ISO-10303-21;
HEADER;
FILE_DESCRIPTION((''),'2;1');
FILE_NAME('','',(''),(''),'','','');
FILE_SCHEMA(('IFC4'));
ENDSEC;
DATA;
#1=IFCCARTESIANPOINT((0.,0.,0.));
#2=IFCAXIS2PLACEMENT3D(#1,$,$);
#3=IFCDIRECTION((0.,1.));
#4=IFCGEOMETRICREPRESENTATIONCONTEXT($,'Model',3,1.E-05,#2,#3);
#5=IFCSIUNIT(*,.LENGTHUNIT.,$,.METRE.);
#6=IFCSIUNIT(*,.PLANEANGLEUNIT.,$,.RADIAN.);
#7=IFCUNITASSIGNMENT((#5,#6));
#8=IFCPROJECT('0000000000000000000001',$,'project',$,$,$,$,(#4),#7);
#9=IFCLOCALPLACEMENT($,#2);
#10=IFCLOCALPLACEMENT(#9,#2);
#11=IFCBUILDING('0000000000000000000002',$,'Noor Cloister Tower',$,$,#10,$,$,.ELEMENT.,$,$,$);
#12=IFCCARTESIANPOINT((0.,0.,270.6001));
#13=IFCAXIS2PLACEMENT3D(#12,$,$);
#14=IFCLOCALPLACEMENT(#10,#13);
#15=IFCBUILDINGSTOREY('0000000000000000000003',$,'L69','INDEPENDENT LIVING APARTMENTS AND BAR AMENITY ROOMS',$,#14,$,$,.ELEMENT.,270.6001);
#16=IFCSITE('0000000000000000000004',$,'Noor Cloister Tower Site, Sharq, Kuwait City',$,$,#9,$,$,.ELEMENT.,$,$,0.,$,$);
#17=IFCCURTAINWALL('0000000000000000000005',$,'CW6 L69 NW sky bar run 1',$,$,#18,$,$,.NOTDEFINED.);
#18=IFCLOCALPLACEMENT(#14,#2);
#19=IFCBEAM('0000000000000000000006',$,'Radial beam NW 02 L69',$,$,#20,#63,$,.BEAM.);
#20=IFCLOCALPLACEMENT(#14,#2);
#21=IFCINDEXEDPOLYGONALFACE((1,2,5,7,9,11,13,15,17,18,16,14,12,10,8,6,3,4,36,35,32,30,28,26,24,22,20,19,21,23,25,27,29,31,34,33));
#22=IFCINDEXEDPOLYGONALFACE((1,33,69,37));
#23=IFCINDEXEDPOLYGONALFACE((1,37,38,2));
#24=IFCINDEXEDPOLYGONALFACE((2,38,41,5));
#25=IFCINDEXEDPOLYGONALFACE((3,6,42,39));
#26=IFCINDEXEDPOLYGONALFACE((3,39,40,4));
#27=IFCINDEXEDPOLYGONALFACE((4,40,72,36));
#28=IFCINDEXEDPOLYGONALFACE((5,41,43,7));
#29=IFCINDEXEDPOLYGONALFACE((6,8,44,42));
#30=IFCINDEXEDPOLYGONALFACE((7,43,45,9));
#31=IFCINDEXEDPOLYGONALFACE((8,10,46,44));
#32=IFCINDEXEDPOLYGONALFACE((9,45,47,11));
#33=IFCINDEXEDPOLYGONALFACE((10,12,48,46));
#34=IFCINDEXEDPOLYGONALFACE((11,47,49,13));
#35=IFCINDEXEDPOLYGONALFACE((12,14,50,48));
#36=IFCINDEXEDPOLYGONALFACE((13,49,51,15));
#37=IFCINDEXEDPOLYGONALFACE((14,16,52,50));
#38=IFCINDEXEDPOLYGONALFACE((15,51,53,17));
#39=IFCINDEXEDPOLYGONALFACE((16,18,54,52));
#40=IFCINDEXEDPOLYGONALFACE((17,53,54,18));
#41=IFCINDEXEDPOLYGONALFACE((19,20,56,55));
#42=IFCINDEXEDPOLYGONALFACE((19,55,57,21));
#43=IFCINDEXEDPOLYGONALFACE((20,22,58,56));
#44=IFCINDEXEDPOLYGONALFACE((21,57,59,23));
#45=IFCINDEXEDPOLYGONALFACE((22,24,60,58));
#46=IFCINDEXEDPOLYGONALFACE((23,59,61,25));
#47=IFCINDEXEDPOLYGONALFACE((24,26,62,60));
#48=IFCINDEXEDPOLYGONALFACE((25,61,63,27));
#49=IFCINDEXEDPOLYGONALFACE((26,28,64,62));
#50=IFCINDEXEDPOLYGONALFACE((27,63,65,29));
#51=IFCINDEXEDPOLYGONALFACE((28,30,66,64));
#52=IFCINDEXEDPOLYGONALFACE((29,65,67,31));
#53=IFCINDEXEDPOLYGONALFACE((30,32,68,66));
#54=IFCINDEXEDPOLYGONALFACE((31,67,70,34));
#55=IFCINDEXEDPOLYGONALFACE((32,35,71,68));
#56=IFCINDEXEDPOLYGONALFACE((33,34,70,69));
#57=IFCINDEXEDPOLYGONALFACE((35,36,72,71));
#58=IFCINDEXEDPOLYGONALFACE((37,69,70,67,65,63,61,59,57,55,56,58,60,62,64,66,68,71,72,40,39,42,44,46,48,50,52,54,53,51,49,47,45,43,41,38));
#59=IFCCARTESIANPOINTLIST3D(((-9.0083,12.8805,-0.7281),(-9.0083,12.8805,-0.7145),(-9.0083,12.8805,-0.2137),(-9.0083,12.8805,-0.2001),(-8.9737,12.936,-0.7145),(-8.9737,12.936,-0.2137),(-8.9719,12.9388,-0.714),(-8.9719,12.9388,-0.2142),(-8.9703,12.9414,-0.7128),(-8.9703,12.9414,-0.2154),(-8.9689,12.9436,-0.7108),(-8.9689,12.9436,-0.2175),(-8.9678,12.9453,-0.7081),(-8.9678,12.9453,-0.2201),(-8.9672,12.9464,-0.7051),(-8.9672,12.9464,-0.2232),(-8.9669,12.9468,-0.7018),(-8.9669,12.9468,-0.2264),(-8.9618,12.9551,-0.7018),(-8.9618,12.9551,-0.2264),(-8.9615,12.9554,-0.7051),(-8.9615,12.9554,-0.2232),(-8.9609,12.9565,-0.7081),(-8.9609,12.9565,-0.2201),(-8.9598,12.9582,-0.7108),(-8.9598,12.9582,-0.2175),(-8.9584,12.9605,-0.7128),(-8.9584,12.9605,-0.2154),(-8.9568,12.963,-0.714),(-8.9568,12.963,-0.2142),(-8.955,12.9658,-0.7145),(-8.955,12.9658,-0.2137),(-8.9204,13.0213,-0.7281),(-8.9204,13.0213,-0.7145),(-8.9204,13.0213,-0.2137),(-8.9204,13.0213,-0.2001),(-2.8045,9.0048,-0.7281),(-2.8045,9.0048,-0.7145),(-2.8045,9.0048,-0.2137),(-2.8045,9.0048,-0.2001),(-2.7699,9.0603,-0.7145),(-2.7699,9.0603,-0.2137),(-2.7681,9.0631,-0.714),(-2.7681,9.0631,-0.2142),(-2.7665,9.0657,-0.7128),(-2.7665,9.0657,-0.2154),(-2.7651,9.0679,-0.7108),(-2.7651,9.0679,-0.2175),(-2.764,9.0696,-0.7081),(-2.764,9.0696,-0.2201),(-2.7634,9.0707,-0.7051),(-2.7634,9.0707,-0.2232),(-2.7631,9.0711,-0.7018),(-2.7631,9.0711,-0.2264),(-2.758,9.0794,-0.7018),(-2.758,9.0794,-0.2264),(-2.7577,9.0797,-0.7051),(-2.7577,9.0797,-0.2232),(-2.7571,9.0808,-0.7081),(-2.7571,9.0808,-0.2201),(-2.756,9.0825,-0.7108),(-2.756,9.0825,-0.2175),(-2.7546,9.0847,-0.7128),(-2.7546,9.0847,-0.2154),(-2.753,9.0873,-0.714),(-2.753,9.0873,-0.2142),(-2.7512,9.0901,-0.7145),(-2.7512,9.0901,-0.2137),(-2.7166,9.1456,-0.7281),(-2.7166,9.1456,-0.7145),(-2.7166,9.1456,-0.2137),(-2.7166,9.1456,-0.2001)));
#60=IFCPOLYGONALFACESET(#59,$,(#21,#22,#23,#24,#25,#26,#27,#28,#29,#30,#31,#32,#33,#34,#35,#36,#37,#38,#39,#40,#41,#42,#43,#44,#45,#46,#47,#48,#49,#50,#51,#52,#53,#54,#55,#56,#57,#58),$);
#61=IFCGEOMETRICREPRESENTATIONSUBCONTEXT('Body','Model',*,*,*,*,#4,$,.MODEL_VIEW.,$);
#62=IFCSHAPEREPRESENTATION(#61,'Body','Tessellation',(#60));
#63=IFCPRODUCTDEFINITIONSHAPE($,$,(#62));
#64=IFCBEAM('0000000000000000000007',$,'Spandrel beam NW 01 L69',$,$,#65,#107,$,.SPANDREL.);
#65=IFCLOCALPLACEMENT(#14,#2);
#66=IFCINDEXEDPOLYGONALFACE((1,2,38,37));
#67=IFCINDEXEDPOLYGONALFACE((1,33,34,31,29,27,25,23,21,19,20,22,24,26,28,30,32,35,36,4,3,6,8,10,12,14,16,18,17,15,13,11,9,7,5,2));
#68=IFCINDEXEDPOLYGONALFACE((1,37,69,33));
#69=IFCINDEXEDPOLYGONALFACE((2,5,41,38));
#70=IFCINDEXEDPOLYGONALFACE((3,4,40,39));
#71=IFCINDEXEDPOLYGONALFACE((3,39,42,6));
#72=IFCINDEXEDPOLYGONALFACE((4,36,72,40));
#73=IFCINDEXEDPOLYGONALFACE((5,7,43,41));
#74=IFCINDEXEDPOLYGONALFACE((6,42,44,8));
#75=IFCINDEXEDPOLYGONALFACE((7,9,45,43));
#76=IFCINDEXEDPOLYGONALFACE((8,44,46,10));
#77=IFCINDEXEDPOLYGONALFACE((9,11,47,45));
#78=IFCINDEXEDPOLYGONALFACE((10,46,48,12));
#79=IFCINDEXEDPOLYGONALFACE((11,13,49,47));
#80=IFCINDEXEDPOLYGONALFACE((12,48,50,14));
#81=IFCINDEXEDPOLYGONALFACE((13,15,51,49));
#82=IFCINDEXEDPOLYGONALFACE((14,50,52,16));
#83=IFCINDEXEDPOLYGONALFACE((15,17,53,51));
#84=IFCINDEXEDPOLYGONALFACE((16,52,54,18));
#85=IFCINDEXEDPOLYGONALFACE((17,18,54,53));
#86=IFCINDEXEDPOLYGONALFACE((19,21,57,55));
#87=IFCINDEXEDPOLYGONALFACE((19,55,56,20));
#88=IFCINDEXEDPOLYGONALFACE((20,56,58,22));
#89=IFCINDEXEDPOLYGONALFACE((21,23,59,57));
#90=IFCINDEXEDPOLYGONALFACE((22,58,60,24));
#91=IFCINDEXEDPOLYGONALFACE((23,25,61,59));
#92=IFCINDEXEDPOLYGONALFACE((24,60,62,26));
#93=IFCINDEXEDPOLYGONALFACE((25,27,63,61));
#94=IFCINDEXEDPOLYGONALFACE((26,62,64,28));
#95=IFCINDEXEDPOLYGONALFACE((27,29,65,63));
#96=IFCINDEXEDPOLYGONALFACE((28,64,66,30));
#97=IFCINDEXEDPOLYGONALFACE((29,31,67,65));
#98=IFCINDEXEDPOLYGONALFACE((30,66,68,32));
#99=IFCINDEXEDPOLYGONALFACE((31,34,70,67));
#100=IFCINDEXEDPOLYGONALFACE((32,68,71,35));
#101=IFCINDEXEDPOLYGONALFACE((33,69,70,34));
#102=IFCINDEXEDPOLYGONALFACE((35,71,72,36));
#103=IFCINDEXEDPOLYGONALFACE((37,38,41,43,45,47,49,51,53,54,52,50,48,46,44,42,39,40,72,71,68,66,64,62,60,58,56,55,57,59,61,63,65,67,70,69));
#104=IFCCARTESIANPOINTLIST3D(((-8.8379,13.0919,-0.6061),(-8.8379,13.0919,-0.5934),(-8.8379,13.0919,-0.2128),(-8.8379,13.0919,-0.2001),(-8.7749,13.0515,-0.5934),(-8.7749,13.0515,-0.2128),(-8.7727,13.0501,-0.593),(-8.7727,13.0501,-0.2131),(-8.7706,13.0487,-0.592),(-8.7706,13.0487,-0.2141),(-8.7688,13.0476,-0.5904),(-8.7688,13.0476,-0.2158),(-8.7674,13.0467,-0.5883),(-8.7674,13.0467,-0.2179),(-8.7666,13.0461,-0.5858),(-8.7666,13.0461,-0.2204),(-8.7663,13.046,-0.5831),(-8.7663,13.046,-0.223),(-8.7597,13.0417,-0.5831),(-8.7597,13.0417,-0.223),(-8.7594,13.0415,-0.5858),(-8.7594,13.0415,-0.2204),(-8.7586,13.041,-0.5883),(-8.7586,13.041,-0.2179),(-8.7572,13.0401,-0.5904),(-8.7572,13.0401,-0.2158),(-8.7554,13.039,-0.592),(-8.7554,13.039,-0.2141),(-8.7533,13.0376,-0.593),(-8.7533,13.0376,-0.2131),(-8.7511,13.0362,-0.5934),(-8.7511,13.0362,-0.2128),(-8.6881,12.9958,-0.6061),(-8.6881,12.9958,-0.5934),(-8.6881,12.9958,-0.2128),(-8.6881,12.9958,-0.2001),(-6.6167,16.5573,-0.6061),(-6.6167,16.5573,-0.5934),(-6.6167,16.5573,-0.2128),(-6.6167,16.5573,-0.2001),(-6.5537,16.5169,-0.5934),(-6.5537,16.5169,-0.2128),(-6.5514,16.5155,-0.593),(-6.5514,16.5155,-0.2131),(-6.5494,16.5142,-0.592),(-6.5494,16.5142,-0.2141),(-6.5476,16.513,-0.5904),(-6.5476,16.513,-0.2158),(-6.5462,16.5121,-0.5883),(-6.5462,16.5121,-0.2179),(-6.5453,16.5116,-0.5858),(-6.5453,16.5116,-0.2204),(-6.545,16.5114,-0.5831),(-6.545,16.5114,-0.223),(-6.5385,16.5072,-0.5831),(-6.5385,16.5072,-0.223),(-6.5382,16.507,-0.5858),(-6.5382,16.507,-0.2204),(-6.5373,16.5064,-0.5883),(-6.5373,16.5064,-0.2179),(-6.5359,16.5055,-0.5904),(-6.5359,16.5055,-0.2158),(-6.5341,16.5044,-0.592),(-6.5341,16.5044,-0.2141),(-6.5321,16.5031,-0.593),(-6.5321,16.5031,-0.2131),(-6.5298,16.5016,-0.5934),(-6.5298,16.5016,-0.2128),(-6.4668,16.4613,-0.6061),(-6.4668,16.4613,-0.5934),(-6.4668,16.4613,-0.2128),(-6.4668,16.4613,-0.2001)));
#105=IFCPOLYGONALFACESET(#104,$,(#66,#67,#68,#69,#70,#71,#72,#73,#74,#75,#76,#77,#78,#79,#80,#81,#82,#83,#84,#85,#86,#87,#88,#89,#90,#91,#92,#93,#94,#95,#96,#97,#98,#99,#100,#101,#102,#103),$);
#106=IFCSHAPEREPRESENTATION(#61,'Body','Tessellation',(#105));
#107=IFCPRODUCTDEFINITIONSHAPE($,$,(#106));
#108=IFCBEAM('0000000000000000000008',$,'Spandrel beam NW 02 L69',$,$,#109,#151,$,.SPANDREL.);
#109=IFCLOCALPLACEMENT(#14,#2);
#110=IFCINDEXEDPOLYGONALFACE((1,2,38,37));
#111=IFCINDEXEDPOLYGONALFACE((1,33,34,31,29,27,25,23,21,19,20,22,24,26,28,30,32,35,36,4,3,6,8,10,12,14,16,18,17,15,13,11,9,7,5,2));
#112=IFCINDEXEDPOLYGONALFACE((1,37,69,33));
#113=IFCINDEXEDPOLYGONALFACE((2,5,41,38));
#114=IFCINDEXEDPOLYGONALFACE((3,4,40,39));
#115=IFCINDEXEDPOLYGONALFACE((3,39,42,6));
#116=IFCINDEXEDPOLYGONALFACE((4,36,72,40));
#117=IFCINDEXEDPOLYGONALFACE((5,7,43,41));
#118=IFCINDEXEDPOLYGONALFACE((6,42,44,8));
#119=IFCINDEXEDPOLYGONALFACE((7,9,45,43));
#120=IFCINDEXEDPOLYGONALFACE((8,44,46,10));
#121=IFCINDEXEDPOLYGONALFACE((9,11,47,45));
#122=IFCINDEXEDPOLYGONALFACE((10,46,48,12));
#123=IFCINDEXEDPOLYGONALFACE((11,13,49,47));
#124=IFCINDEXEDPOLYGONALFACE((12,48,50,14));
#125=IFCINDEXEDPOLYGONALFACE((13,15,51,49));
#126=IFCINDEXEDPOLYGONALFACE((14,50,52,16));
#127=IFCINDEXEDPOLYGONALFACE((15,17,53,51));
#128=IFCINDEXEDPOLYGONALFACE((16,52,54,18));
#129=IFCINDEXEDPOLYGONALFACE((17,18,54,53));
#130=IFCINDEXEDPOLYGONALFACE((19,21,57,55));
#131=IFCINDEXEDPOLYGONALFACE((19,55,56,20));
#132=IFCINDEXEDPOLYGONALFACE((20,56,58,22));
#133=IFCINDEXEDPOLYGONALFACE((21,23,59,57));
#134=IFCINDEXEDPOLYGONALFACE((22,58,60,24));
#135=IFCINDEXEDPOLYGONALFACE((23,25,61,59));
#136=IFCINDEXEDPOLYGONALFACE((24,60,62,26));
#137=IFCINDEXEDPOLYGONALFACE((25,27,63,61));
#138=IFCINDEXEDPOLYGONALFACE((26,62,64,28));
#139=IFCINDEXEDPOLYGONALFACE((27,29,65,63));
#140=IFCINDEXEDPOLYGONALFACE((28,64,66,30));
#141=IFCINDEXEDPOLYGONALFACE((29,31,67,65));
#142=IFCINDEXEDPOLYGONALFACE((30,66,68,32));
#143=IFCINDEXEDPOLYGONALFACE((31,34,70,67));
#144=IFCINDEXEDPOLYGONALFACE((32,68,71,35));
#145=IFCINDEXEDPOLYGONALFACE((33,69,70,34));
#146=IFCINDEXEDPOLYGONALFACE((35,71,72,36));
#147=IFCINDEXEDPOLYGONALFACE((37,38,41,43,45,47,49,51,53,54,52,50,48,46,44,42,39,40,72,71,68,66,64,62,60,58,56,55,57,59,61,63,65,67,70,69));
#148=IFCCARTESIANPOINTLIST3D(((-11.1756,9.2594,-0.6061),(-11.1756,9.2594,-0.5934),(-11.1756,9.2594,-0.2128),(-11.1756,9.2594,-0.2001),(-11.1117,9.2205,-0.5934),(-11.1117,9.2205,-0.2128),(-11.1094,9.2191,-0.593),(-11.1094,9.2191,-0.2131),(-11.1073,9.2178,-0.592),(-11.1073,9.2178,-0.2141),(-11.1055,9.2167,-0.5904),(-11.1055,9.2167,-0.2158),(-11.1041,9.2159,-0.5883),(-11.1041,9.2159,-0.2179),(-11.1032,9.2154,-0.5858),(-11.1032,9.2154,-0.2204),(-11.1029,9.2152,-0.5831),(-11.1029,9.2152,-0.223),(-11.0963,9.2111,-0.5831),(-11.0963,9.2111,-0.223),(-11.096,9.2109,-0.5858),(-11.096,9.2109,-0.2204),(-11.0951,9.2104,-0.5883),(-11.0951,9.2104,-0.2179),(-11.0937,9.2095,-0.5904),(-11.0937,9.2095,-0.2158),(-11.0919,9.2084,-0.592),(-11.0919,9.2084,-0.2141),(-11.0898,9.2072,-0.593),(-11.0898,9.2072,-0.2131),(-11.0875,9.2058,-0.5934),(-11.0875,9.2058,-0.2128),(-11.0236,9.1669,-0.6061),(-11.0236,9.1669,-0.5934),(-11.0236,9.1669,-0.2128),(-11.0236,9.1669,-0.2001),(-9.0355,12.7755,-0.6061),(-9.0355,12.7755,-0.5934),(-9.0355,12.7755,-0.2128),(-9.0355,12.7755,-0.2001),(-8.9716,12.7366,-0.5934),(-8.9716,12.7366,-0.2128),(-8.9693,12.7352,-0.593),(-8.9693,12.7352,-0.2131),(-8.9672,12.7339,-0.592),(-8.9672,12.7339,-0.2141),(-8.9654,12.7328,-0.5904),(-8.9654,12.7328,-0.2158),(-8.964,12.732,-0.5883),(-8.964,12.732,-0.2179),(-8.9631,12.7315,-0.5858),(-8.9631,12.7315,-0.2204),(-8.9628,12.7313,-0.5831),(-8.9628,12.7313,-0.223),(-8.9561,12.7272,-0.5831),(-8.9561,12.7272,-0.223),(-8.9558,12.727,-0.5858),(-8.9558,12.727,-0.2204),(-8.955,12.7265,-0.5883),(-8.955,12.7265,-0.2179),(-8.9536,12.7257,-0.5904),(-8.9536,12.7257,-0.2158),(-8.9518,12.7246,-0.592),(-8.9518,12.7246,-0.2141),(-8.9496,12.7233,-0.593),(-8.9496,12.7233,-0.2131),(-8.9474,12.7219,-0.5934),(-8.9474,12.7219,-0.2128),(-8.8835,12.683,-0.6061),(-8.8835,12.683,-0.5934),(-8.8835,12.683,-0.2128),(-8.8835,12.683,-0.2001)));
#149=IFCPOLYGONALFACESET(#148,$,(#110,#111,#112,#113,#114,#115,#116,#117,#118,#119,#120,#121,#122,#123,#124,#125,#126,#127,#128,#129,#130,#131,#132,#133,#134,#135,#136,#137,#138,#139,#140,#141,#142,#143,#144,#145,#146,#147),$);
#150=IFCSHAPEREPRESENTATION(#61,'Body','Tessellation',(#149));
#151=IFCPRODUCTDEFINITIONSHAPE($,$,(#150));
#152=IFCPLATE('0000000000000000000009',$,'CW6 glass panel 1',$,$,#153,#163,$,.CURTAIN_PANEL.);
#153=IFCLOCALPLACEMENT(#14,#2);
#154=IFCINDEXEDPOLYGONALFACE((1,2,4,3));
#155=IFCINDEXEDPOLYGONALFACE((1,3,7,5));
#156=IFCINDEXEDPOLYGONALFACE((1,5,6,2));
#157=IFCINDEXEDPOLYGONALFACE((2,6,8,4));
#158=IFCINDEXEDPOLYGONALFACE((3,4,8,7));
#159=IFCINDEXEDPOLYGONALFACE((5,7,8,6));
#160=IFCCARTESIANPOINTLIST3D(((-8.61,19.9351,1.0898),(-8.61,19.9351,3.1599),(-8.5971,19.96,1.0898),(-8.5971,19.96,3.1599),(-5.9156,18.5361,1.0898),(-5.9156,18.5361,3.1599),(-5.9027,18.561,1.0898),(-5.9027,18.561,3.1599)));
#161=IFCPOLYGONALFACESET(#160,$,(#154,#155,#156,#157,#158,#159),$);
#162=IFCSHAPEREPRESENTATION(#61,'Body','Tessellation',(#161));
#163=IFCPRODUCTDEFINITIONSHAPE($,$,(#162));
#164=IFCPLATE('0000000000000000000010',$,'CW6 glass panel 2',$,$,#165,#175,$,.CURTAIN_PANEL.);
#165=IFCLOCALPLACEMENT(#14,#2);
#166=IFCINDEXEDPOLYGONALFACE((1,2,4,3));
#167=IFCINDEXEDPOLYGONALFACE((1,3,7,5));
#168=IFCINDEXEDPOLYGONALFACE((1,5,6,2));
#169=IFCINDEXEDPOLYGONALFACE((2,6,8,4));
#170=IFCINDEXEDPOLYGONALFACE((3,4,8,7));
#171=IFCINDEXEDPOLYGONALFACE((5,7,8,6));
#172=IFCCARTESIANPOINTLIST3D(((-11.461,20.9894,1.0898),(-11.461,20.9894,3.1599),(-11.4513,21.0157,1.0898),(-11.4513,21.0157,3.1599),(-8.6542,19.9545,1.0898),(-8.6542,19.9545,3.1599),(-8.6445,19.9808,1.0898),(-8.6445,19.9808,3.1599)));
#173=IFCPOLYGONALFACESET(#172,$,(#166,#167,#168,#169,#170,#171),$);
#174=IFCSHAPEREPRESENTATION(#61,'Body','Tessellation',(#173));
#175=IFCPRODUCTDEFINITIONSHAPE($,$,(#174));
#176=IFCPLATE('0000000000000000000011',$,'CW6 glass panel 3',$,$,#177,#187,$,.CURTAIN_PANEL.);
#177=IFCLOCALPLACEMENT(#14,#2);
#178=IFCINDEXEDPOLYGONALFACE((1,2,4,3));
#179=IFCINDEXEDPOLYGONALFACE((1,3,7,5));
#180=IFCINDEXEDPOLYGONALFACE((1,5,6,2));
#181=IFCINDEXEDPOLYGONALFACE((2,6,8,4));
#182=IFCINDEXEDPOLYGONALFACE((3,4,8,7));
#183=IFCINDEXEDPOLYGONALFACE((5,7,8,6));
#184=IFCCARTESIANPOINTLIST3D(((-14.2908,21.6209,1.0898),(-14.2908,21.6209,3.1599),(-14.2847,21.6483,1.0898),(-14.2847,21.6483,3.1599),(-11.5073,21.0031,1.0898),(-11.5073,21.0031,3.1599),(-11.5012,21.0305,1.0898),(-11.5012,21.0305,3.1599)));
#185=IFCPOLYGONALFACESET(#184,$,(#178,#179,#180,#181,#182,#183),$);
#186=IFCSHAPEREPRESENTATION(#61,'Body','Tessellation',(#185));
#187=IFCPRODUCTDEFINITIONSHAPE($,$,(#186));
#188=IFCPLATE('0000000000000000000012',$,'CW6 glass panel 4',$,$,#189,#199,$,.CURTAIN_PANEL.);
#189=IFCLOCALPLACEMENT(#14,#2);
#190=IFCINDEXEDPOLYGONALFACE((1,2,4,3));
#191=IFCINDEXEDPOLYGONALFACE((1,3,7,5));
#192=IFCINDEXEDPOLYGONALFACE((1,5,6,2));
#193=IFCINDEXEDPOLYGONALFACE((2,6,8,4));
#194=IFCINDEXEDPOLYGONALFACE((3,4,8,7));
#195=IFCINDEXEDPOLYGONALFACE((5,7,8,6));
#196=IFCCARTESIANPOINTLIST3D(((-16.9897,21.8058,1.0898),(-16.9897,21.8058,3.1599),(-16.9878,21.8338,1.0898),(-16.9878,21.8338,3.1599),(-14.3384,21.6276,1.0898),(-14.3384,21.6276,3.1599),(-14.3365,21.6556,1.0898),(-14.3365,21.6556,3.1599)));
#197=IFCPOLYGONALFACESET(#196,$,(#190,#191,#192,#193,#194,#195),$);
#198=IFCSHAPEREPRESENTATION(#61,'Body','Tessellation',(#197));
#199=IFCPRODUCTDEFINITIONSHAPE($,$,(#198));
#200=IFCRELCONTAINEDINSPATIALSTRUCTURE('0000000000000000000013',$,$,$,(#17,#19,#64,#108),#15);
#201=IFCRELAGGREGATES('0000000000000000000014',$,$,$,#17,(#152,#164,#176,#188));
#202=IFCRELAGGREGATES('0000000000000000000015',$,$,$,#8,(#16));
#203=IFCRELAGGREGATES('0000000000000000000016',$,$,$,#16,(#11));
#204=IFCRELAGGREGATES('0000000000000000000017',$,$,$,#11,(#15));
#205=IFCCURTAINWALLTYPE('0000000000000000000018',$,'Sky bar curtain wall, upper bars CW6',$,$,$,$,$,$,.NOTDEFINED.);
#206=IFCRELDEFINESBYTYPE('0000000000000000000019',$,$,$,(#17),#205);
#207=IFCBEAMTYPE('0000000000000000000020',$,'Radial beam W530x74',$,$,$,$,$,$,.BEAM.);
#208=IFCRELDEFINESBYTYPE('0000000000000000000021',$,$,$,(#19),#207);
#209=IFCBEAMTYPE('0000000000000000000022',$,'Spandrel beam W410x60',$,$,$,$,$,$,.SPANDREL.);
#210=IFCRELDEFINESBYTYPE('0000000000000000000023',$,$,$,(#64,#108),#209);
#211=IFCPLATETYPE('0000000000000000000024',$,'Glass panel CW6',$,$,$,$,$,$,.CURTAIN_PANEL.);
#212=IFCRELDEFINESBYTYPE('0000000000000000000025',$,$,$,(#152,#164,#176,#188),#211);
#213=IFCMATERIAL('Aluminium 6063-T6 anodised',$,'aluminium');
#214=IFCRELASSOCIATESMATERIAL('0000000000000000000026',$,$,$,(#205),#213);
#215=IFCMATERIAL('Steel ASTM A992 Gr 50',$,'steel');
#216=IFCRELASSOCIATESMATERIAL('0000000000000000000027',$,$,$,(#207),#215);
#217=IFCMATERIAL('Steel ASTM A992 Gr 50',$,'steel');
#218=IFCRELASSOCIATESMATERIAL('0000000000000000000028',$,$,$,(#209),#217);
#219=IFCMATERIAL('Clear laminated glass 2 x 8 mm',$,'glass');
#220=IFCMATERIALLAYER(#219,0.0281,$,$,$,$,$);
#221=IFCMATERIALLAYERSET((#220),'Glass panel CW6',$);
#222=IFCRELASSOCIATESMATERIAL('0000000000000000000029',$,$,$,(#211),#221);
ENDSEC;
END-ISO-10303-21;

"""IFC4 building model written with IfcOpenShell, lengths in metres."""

from ifc_helpers import new_model, si_unit, direction, frame, origin, origin_2d, place, context, subcontext, project, spatial, rectangle, i_section, extrude, material, layer, layer_set, material_profile, profile_set, type_object, element, aggregate, save


model = new_model("IFC4")

# Units and contexts
model_context = context("Model", 3, precision=1e-05, world=origin(), true_north=direction((0.0, 1.0)))
body_context = subcontext(model_context, "Body", "Model", "MODEL_VIEW")
ifc_project = project(units=[si_unit("LENGTHUNIT", "METRE"), si_unit("PLANEANGLEUNIT", "RADIAN")], contexts=[model_context])

# Site, building, storey
site_placement = place(None, origin())
site = spatial("IfcSite", under=ifc_project, at=site_placement, Name="Noor Cloister Tower Site, Sharq, Kuwait City", CompositionType="ELEMENT", RefElevation=0.0)
building_placement = place(site_placement, origin())
building = spatial("IfcBuilding", under=site, at=building_placement, Name="Noor Cloister Tower", CompositionType="ELEMENT")
storey_placement = place(building_placement, frame((0.0, 0.0, 270.6001)))
storey = spatial("IfcBuildingStorey", under=building, at=storey_placement, Name="L69", Description="INDEPENDENT LIVING APARTMENTS AND BAR AMENITY ROOMS", CompositionType="ELEMENT", Elevation=270.6001)

# Curtain wall
ifc_material_1 = material(Name="Aluminium 6063-T6 anodised", Category="aluminium")
curtain_wall_type = type_object("IfcCurtainWallType", Name="Sky bar curtain wall, upper bars CW6", PredefinedType="NOTDEFINED", material=ifc_material_1)
curtain_wall_placement = place(storey_placement, origin())
curtain_wall = element("IfcCurtainWall", 1, at=curtain_wall_placement, inside=storey, type_object=curtain_wall_type, Name="CW6 L69 NW sky bar run 1", PredefinedType="NOTDEFINED")

# Beams
ifc_material_2 = material(Name="Steel ASTM A992 Gr 50", Category="steel")
ifc_material_profile_1 = material_profile(ifc_material_2, i_section(OverallWidth=0.166, OverallDepth=0.5281, WebThickness=0.0098, FlangeThickness=0.0137, FilletRadius=0.0127, at=origin_2d()), Name="W530x74")
ifc_profile_set_1 = profile_set([ifc_material_profile_1], Name="Steel ASTM A992 Gr 50")
beam_type_1 = type_object("IfcBeamType", Name="Radial beam W530x74", PredefinedType="BEAM", material=ifc_profile_set_1)
beam_1_placement = place(storey_placement, frame((-8.9644, 12.9509, -0.4641), z_axis=(0.848101, -0.529834, 0.0), x_axis=(0.529834, 0.848101, 0.0)))
element("IfcBeam", 2, at=beam_1_placement, inside=storey, type_object=beam_type_1, Name="Radial beam NW 02 L69", PredefinedType="BEAM", context=body_context, shape_type="SweptSolid", body=[
    extrude(i_section(OverallWidth=0.166, OverallDepth=0.5281, WebThickness=0.0098, FlangeThickness=0.0137, FilletRadius=0.0127, at=origin_2d()), origin(), (0.0, 0.0, 1.0), 7.3149),
])
ifc_material_3 = material(Name="Steel ASTM A992 Gr 50", Category="steel")
ifc_material_profile_2 = material_profile(ifc_material_3, i_section(OverallWidth=0.178, OverallDepth=0.406, WebThickness=0.0078, FlangeThickness=0.0127, FilletRadius=0.0103, at=origin_2d()), Name="W410x60")
ifc_profile_set_2 = profile_set([ifc_material_profile_2], Name="Steel ASTM A992 Gr 50")
beam_type_2 = type_object("IfcBeamType", Name="Spandrel beam W410x60", PredefinedType="SPANDREL", material=ifc_profile_set_2)
for number, where, z_axis, x_axis, name in (
    (3, (-6.5417, 16.5093, -0.4031), (-0.539636, -0.841898, 0.0), (0.841898, -0.539636, 0.0), "Spandrel beam NW 01 L69"),
    (4, (-8.9595, 12.7292, -0.4031), (-0.519928, -0.85421, 0.0), (0.85421, -0.519928, 0.0), "Spandrel beam NW 02 L69"),
):
    element("IfcBeam", number, at=place(storey_placement, frame(where, z_axis=z_axis, x_axis=x_axis)), inside=storey, type_object=beam_type_2, Name=name, PredefinedType="SPANDREL", context=body_context, shape_type="SweptSolid", body=[
        extrude(i_section(OverallWidth=0.178, OverallDepth=0.406, WebThickness=0.0078, FlangeThickness=0.0127, FilletRadius=0.0103, at=origin_2d()), origin(), (0.0, 0.0, 1.0), 4.1162),
    ])

# Plates
ifc_material_4 = material(Name="Clear laminated glass 2 x 8 mm", Category="glass")
ifc_layer_1 = layer(ifc_material_4, 0.0281)
ifc_layer_set_1 = layer_set([ifc_layer_1], Name="Glass panel CW6")
plate_type = type_object("IfcPlateType", Name="Glass panel CW6", PredefinedType="CURTAIN_PANEL", material=ifc_layer_set_1)
plate_1_placement = place(storey_placement, frame((-7.2563, 19.248, 1.0898), z_axis=(0.0, 0.0, 1.0), x_axis=(-0.887498, 0.460812, 0.0)))
plate_1 = element("IfcPlate", 5, at=plate_1_placement, type_object=plate_type, Name="CW6 glass panel 1", PredefinedType="CURTAIN_PANEL", context=body_context, shape_type="SweptSolid", body=[
    extrude(rectangle(XDim=3.0359, YDim=0.0281, at=origin_2d()), origin(), (0.0, 0.0, 1.0), 2.0701),
])
plate_2_placement = place(storey_placement, frame((-10.0527, 20.4851, 1.0898), z_axis=(0.0, 0.0, 1.0), x_axis=(-0.938254, 0.345947, 0.0)))
plate_2 = element("IfcPlate", 6, at=plate_2_placement, type_object=plate_type, Name="CW6 glass panel 2", PredefinedType="CURTAIN_PANEL", context=body_context, shape_type="SweptSolid", body=[
    extrude(rectangle(XDim=2.9915, YDim=0.0281, at=origin_2d()), origin(), (0.0, 0.0, 1.0), 2.0701),
])
plate_3_placement = place(storey_placement, frame((-12.896, 21.3257, 1.0898), z_axis=(0.0, 0.0, 1.0), x_axis=(-0.976241, 0.216688, 0.0)))
plate_3 = element("IfcPlate", 7, at=plate_3_placement, type_object=plate_type, Name="CW6 glass panel 3", PredefinedType="CURTAIN_PANEL", context=body_context, shape_type="SweptSolid", body=[
    extrude(rectangle(XDim=2.8513, YDim=0.0281, at=origin_2d()), origin(), (0.0, 0.0, 1.0), 2.0701),
])
plate_4_placement = place(storey_placement, frame((-15.6631, 21.7307, 1.0898), z_axis=(0.0, 0.0, 1.0), x_axis=(-0.99775, 0.067046, 0.0)))
plate_4 = element("IfcPlate", 8, at=plate_4_placement, type_object=plate_type, Name="CW6 glass panel 4", PredefinedType="CURTAIN_PANEL", context=body_context, shape_type="SweptSolid", body=[
    extrude(rectangle(XDim=2.6572, YDim=0.0281, at=origin_2d()), origin(), (0.0, 0.0, 1.0), 2.0701),
])
aggregate(curtain_wall, [plate_1, plate_2, plate_3, plate_4])

save(model, "model.ifc")
